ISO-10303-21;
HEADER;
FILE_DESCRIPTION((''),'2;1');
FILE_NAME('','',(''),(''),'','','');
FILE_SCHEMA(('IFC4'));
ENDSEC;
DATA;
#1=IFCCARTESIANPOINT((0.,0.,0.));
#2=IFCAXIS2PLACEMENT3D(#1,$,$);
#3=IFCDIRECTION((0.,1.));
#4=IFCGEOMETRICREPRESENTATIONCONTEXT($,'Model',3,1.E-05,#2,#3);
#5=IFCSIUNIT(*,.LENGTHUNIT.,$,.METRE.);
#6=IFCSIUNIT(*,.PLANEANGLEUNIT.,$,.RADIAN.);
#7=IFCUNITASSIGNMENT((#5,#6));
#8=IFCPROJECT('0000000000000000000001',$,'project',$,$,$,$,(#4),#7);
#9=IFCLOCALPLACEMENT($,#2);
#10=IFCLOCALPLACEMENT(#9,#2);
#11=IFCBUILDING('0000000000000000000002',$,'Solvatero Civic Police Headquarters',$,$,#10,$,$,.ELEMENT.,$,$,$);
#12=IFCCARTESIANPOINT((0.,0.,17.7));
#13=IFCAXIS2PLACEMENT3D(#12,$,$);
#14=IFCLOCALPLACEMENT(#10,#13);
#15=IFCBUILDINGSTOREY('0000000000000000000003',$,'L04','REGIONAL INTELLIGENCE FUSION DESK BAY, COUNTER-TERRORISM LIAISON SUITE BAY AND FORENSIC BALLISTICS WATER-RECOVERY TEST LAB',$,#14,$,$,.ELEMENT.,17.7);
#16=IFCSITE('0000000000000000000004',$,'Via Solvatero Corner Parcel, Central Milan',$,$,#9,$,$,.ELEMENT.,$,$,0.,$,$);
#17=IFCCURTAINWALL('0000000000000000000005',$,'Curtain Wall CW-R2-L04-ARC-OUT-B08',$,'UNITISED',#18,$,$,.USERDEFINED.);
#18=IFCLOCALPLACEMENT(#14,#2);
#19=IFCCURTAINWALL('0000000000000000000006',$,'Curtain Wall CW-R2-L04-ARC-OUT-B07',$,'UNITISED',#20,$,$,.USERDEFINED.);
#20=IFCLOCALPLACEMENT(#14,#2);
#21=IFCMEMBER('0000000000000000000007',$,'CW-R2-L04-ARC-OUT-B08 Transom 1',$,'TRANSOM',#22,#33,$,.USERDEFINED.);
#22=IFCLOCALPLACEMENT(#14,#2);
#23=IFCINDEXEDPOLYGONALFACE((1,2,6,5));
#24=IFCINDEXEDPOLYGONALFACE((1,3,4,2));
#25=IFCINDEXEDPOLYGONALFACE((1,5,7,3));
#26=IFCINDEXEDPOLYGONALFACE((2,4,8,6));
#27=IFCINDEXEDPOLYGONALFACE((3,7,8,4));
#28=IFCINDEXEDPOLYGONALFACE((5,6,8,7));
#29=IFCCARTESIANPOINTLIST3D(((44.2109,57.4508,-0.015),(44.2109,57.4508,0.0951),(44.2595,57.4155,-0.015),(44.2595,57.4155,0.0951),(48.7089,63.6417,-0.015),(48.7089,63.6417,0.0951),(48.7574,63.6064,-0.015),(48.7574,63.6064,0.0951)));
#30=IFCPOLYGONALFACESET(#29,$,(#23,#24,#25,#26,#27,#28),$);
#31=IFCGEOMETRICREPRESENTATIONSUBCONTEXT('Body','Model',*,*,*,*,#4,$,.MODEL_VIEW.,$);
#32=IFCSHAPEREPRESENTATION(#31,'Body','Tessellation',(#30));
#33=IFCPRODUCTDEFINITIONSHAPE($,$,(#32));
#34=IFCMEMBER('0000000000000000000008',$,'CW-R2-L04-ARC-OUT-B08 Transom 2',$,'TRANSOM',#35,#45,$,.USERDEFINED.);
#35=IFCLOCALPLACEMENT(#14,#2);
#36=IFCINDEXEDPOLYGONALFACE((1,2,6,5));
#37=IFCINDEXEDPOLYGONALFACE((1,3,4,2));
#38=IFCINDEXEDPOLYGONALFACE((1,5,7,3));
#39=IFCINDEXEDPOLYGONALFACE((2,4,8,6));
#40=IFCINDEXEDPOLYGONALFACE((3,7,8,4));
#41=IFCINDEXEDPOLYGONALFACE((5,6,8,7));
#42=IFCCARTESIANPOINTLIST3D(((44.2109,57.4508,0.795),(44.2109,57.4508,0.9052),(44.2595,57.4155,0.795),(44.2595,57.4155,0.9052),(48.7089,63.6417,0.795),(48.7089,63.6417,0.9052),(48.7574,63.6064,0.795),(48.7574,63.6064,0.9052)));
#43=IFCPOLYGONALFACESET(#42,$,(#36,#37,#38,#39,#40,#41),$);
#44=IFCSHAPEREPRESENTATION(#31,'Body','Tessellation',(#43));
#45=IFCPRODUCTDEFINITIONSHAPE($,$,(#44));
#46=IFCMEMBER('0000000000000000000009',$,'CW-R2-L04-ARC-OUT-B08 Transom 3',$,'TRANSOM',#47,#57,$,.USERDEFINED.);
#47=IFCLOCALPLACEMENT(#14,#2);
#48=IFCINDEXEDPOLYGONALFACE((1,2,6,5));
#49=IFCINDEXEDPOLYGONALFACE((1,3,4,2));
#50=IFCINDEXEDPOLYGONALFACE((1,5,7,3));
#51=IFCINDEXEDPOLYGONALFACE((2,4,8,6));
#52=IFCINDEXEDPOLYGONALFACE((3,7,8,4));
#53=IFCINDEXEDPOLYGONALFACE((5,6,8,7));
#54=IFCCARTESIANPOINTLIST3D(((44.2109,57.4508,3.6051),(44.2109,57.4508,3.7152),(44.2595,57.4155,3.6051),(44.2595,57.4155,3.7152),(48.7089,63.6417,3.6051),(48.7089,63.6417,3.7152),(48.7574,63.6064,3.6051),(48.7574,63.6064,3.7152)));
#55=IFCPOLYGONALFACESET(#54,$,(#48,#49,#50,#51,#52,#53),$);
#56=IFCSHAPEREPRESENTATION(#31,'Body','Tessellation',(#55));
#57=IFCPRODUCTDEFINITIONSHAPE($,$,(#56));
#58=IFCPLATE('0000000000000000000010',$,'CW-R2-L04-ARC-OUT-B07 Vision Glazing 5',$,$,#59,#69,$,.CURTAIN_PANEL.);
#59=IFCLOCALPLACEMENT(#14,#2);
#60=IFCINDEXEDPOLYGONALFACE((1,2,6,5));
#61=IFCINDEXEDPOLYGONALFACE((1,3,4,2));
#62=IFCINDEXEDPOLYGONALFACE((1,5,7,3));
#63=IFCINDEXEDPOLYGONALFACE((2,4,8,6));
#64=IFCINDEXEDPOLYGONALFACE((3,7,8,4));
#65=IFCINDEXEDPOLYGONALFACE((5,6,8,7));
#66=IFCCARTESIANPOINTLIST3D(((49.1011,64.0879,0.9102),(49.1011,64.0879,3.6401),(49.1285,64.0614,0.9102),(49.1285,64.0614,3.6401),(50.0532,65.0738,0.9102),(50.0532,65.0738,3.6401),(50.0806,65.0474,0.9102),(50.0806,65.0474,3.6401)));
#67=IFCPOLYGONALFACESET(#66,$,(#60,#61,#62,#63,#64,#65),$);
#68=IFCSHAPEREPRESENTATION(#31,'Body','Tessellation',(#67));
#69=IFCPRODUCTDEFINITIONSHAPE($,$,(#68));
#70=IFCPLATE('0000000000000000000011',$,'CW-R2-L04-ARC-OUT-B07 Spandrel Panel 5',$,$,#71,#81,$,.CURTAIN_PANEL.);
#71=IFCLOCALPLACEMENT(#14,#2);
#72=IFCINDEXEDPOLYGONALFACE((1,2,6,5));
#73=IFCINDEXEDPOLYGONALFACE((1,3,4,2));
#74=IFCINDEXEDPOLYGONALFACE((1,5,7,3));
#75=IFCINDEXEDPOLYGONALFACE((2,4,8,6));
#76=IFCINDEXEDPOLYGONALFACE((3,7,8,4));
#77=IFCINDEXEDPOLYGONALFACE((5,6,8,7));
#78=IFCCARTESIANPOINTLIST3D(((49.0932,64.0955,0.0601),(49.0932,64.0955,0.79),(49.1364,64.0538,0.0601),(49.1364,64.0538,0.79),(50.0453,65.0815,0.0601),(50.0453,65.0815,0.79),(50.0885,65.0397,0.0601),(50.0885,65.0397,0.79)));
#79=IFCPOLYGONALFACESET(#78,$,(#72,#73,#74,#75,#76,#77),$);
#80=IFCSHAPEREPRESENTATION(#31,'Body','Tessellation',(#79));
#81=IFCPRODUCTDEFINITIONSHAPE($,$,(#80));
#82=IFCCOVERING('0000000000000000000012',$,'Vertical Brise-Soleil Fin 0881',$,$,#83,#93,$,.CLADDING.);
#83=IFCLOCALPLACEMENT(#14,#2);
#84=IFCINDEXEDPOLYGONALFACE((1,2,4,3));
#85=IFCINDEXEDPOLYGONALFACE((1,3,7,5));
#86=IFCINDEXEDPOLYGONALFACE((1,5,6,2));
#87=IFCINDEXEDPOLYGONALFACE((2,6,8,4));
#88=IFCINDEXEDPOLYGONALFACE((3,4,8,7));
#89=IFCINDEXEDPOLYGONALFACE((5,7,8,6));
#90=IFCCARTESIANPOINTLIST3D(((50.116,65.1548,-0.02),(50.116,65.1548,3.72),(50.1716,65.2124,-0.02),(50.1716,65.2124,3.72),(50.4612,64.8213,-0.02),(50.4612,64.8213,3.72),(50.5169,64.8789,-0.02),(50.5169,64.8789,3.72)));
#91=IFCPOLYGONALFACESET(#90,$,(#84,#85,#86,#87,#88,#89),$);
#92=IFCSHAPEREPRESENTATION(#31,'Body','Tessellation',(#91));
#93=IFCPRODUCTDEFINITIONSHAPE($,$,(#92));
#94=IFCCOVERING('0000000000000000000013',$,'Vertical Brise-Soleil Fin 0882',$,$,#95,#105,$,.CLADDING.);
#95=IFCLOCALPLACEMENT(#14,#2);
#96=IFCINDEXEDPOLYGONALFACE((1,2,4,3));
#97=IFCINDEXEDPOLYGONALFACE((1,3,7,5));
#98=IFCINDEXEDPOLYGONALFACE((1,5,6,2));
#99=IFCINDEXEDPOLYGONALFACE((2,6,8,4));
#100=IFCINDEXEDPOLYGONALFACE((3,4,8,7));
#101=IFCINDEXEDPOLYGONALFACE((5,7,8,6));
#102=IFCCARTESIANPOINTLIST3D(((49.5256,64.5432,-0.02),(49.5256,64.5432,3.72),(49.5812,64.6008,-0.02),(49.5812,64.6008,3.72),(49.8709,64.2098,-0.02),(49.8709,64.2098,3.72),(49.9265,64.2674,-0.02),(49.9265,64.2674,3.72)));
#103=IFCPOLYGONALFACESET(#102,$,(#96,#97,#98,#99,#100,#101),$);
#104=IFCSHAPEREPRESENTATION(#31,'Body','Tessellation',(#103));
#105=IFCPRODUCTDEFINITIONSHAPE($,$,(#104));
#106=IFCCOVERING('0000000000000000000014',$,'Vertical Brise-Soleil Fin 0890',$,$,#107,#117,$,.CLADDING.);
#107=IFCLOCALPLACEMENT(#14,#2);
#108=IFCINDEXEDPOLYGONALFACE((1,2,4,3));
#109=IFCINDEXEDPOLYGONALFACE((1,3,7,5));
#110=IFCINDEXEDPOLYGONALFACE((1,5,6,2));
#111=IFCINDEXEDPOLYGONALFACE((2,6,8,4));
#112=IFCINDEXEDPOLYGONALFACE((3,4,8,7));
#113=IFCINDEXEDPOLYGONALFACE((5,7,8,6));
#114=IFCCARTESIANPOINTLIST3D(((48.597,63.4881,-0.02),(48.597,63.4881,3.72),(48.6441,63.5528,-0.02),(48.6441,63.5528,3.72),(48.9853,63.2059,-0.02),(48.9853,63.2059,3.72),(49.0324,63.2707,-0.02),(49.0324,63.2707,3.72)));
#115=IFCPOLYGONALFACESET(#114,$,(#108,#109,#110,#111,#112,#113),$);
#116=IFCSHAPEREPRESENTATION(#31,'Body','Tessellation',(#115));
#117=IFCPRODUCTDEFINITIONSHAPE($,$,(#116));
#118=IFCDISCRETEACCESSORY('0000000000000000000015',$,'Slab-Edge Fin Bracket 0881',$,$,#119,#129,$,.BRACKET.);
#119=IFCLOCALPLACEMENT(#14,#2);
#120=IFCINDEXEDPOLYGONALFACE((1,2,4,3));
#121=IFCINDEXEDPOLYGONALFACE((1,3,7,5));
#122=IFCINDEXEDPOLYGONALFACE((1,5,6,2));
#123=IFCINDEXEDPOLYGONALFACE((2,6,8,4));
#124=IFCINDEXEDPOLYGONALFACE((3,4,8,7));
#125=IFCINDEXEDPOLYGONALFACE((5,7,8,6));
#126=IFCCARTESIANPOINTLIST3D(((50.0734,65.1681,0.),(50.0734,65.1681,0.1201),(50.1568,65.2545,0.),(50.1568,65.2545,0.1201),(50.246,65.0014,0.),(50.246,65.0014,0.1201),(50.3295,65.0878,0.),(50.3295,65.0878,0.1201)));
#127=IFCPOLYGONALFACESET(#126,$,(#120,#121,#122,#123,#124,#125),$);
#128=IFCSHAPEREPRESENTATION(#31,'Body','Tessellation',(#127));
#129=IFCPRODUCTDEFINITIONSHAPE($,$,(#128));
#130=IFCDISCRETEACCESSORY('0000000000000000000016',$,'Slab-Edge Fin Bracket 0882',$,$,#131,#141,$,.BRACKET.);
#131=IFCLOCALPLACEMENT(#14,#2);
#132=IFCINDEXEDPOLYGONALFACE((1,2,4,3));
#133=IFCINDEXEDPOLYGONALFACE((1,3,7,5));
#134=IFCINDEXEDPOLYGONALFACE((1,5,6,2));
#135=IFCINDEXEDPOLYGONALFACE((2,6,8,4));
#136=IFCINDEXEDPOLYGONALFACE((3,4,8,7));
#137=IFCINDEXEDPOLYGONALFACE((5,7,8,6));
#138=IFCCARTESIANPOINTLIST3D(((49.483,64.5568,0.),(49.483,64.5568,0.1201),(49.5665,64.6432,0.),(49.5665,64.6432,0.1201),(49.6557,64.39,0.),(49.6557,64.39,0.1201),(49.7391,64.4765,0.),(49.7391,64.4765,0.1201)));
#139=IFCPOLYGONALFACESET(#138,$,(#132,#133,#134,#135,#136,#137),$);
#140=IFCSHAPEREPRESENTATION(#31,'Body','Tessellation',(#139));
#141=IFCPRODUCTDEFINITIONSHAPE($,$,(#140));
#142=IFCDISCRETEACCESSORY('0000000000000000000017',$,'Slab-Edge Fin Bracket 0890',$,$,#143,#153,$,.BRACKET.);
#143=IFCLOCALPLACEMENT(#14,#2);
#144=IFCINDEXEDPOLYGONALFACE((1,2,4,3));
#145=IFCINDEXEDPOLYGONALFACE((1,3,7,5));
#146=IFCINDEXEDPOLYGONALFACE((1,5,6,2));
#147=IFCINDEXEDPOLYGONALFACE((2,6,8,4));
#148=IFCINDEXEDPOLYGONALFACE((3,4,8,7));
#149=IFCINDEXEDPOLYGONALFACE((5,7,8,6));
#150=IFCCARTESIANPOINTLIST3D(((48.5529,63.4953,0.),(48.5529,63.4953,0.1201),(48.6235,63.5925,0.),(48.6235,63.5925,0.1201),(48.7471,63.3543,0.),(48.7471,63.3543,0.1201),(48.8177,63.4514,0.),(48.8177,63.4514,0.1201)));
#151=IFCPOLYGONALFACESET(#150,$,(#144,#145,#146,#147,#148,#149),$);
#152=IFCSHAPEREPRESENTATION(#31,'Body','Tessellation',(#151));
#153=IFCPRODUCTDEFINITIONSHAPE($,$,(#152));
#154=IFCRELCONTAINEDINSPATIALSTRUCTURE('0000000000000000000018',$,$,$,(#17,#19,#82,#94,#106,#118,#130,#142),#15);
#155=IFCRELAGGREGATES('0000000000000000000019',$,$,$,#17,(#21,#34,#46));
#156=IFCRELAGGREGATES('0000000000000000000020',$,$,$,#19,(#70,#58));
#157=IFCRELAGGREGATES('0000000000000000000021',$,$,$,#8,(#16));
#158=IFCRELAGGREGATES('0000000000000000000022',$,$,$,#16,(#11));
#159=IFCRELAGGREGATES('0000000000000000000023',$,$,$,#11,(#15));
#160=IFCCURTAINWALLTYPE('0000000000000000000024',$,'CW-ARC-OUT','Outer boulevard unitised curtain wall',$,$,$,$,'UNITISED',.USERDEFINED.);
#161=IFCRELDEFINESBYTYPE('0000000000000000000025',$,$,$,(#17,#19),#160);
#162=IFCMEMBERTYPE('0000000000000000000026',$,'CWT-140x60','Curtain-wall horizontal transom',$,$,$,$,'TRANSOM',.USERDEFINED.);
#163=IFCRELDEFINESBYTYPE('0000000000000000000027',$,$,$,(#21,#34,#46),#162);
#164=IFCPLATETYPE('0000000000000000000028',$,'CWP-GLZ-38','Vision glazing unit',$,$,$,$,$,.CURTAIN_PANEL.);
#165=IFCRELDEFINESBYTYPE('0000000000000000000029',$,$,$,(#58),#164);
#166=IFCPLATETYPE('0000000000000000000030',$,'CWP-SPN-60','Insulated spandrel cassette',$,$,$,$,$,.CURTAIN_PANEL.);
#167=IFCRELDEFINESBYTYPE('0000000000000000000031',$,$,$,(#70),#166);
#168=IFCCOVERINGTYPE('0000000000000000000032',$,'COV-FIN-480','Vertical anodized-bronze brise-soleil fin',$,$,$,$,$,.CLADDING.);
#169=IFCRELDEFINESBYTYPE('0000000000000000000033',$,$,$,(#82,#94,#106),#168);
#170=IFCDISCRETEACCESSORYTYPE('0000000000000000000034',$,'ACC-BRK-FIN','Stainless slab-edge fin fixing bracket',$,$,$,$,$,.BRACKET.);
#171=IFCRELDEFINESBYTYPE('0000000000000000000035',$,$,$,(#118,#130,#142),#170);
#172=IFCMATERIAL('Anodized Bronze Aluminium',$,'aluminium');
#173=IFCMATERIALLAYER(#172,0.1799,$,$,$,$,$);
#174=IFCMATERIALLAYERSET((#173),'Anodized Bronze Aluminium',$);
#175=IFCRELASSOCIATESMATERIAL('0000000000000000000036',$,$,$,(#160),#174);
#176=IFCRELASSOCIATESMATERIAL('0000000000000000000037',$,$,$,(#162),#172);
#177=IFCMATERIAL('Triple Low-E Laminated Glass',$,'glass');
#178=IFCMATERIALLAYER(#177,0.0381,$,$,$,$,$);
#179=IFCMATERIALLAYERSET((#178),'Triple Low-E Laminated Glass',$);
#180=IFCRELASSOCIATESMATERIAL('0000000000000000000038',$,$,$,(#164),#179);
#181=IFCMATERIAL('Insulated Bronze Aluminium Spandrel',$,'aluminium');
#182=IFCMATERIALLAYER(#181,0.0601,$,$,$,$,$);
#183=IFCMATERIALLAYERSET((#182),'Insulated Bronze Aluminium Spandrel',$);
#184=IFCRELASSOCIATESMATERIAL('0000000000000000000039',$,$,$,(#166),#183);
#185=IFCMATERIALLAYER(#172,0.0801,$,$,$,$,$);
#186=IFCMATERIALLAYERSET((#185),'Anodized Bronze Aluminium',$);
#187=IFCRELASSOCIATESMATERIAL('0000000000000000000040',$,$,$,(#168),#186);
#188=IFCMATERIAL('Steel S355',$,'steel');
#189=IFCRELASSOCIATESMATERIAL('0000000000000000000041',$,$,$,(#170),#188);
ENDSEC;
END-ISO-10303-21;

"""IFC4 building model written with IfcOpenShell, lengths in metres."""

from ifc_helpers import new_model, si_unit, direction, frame, origin, origin_2d, place, context, subcontext, project, spatial, rectangle, extrude, material, layer, layer_set, material_profile, profile_set, type_object, element, aggregate, save


model = new_model("IFC4")

# Units and contexts
model_context = context("Model", 3, precision=1e-05, world=origin(), true_north=direction((0.0, 1.0)))
body_context = subcontext(model_context, "Body", "Model", "MODEL_VIEW")
ifc_project = project(units=[si_unit("LENGTHUNIT", "METRE"), si_unit("PLANEANGLEUNIT", "RADIAN")], contexts=[model_context])

# Site, building, storey
site_placement = place(None, origin())
site = spatial("IfcSite", under=ifc_project, at=site_placement, Name="Via Solvatero Corner Parcel, Central Milan", CompositionType="ELEMENT", RefElevation=0.0)
building_placement = place(site_placement, origin())
building = spatial("IfcBuilding", under=site, at=building_placement, Name="Solvatero Civic Police Headquarters", CompositionType="ELEMENT")
storey_placement = place(building_placement, frame((0.0, 0.0, 17.7)))
storey = spatial("IfcBuildingStorey", under=building, at=storey_placement, Name="L04", Description="REGIONAL INTELLIGENCE FUSION DESK BAY, COUNTER-TERRORISM LIAISON SUITE BAY AND FORENSIC BALLISTICS WATER-RECOVERY TEST LAB", CompositionType="ELEMENT", Elevation=17.7)

# Shared definitions
ifc_material_1 = material(Name="Steel S355", Category="steel")

# Curtain wall
ifc_material_2 = material(Name="Anodized Bronze Aluminium", Category="aluminium")
ifc_layer_1 = layer(ifc_material_2, 0.1799)
ifc_layer_set_1 = layer_set([ifc_layer_1], Name="Anodized Bronze Aluminium")
curtain_wall_type = type_object("IfcCurtainWallType", Name="CW-ARC-OUT", Description="Outer boulevard unitised curtain wall", ElementType="UNITISED", PredefinedType="USERDEFINED", material=ifc_layer_set_1)
curtain_wall_1_placement = place(storey_placement, origin())
curtain_wall_1 = element("IfcCurtainWall", 1, at=curtain_wall_1_placement, inside=storey, type_object=curtain_wall_type, Name="Curtain Wall CW-R2-L04-ARC-OUT-B08", ObjectType="UNITISED", PredefinedType="USERDEFINED")

# Curtain wall
curtain_wall_2_placement = place(storey_placement, origin())
curtain_wall_2 = element("IfcCurtainWall", 2, at=curtain_wall_2_placement, inside=storey, type_object=curtain_wall_type, Name="Curtain Wall CW-R2-L04-ARC-OUT-B07", ObjectType="UNITISED", PredefinedType="USERDEFINED")

# Members
ifc_material_profile_1 = material_profile(ifc_material_2, rectangle(XDim=0.0601, YDim=0.1101, at=origin_2d()), Name="ALU TRANSOM 60x110")
ifc_profile_set_1 = profile_set([ifc_material_profile_1], Name="Anodized Bronze Aluminium")
member_type_1 = type_object("IfcMemberType", Name="CWT-140x60", Description="Curtain-wall horizontal transom", ElementType="TRANSOM", PredefinedType="USERDEFINED", material=ifc_profile_set_1)
member_1_placement = place(storey_placement, frame((48.7332, 63.624, 0.04), z_axis=(-0.587792, -0.809012, 0.0), x_axis=(0.809012, -0.587792, 0.0)))
member_1 = element("IfcMember", 3, at=member_1_placement, type_object=member_type_1, Name="CW-R2-L04-ARC-OUT-B08 Transom 1", ObjectType="TRANSOM", PredefinedType="USERDEFINED", context=body_context, shape_type="SweptSolid", body=[
    extrude(rectangle(XDim=0.0601, YDim=0.1101, at=origin_2d()), origin(), (0.0, 0.0, 1.0), 7.6523),
])
member_2_placement = place(storey_placement, frame((48.7332, 63.624, 0.8501), z_axis=(-0.587792, -0.809012, 0.0), x_axis=(0.809012, -0.587792, 0.0)))
member_2 = element("IfcMember", 4, at=member_2_placement, type_object=member_type_1, Name="CW-R2-L04-ARC-OUT-B08 Transom 2", ObjectType="TRANSOM", PredefinedType="USERDEFINED", context=body_context, shape_type="SweptSolid", body=[
    extrude(rectangle(XDim=0.0601, YDim=0.1101, at=origin_2d()), origin(), (0.0, 0.0, 1.0), 7.6523),
])
member_3_placement = place(storey_placement, frame((48.7332, 63.624, 3.6602), z_axis=(-0.587792, -0.809012, 0.0), x_axis=(0.809012, -0.587792, 0.0)))
member_3 = element("IfcMember", 5, at=member_3_placement, type_object=member_type_1, Name="CW-R2-L04-ARC-OUT-B08 Transom 3", ObjectType="TRANSOM", PredefinedType="USERDEFINED", context=body_context, shape_type="SweptSolid", body=[
    extrude(rectangle(XDim=0.0601, YDim=0.1101, at=origin_2d()), origin(), (0.0, 0.0, 1.0), 7.6523),
])
aggregate(curtain_wall_1, [member_1, member_2, member_3])

# Plates
ifc_material_3 = material(Name="Triple Low-E Laminated Glass", Category="glass")
ifc_layer_2 = layer(ifc_material_3, 0.0381)
ifc_layer_set_2 = layer_set([ifc_layer_2], Name="Triple Low-E Laminated Glass")
plate_type_1 = type_object("IfcPlateType", Name="CWP-GLZ-38", Description="Vision glazing unit", PredefinedType="CURTAIN_PANEL", material=ifc_layer_set_2)
plate_1_placement = place(storey_placement, frame((49.5908, 64.5676, 0.9102), z_axis=(0.0, 0.0, 1.0), x_axis=(-0.694646, -0.719352, 0.0)))
plate_1 = element("IfcPlate", 6, at=plate_1_placement, type_object=plate_type_1, Name="CW-R2-L04-ARC-OUT-B07 Vision Glazing 5", PredefinedType="CURTAIN_PANEL", context=body_context, shape_type="SweptSolid", body=[
    extrude(rectangle(XDim=1.3706, YDim=0.0381, at=origin_2d()), origin(), (0.0, 0.0, 1.0), 2.73),
])
ifc_material_4 = material(Name="Insulated Bronze Aluminium Spandrel", Category="aluminium")
ifc_layer_3 = layer(ifc_material_4, 0.0601)
ifc_layer_set_3 = layer_set([ifc_layer_3], Name="Insulated Bronze Aluminium Spandrel")
plate_type_2 = type_object("IfcPlateType", Name="CWP-SPN-60", Description="Insulated spandrel cassette", PredefinedType="CURTAIN_PANEL", material=ifc_layer_set_3)
plate_2_placement = place(storey_placement, frame((49.5908, 64.5676, 0.0601), z_axis=(0.0, 0.0, 1.0), x_axis=(-0.694646, -0.719352, 0.0)))
plate_2 = element("IfcPlate", 7, at=plate_2_placement, type_object=plate_type_2, Name="CW-R2-L04-ARC-OUT-B07 Spandrel Panel 5", PredefinedType="CURTAIN_PANEL", context=body_context, shape_type="SweptSolid", body=[
    extrude(rectangle(XDim=1.3706, YDim=0.0601, at=origin_2d()), origin(), (0.0, 0.0, 1.0), 0.73),
])
aggregate(curtain_wall_2, [plate_2, plate_1])

# Coverings
ifc_layer_4 = layer(ifc_material_2, 0.0801)
ifc_layer_set_4 = layer_set([ifc_layer_4], Name="Anodized Bronze Aluminium")
covering_type = type_object("IfcCoveringType", Name="COV-FIN-480", Description="Vertical anodized-bronze brise-soleil fin", PredefinedType="CLADDING", material=ifc_layer_set_4)
for number, where, z_axis, x_axis, name in (
    (8, (50.3164, 65.0168, -0.02), (0.0, 0.0, 1.0), (-0.694646, -0.719352, 0.0), "Vertical Brise-Soleil Fin 0881"),
    (9, (49.7261, 64.4053, -0.02), (0.0, 0.0, 1.0), (-0.694646, -0.719352, 0.0), "Vertical Brise-Soleil Fin 0882"),
    (10, (48.8147, 63.3794, -0.02), (0.0, 0.0, 1.0), (-0.587785, -0.809017, 0.0), "Vertical Brise-Soleil Fin 0890"),
):
    element("IfcCovering", number, at=place(storey_placement, frame(where, z_axis=z_axis, x_axis=x_axis)), inside=storey, type_object=covering_type, Name=name, PredefinedType="CLADDING", context=body_context, shape_type="SweptSolid", body=[
        extrude(rectangle(XDim=0.0801, YDim=0.48, at=origin_2d()), origin(), (0.0, 0.0, 1.0), 3.74),
    ])

# Discrete accessories
discrete_accessory_type = type_object("IfcDiscreteAccessoryType", Name="ACC-BRK-FIN", Description="Stainless slab-edge fin fixing bracket", PredefinedType="BRACKET", material=ifc_material_1)
for number, where, z_axis, x_axis, name in (
    (11, (50.2014, 65.1279, 0.0), (0.0, 0.0, 1.0), (-0.694646, -0.719352, 0.0), "Slab-Edge Fin Bracket 0881"),
    (12, (49.6111, 64.5166, 0.0), (0.0, 0.0, 1.0), (-0.694646, -0.719352, 0.0), "Slab-Edge Fin Bracket 0882"),
    (13, (48.6853, 63.4734, 0.0), (0.0, 0.0, 1.0), (-0.587785, -0.809017, 0.0), "Slab-Edge Fin Bracket 0890"),
):
    element("IfcDiscreteAccessory", number, at=place(storey_placement, frame(where, z_axis=z_axis, x_axis=x_axis)), inside=storey, type_object=discrete_accessory_type, Name=name, PredefinedType="BRACKET", context=body_context, shape_type="SweptSolid", body=[
        extrude(rectangle(XDim=0.1201, YDim=0.24, at=origin_2d()), origin(), (0.0, 0.0, 1.0), 0.1201),
    ])

save(model, "model.ifc")
